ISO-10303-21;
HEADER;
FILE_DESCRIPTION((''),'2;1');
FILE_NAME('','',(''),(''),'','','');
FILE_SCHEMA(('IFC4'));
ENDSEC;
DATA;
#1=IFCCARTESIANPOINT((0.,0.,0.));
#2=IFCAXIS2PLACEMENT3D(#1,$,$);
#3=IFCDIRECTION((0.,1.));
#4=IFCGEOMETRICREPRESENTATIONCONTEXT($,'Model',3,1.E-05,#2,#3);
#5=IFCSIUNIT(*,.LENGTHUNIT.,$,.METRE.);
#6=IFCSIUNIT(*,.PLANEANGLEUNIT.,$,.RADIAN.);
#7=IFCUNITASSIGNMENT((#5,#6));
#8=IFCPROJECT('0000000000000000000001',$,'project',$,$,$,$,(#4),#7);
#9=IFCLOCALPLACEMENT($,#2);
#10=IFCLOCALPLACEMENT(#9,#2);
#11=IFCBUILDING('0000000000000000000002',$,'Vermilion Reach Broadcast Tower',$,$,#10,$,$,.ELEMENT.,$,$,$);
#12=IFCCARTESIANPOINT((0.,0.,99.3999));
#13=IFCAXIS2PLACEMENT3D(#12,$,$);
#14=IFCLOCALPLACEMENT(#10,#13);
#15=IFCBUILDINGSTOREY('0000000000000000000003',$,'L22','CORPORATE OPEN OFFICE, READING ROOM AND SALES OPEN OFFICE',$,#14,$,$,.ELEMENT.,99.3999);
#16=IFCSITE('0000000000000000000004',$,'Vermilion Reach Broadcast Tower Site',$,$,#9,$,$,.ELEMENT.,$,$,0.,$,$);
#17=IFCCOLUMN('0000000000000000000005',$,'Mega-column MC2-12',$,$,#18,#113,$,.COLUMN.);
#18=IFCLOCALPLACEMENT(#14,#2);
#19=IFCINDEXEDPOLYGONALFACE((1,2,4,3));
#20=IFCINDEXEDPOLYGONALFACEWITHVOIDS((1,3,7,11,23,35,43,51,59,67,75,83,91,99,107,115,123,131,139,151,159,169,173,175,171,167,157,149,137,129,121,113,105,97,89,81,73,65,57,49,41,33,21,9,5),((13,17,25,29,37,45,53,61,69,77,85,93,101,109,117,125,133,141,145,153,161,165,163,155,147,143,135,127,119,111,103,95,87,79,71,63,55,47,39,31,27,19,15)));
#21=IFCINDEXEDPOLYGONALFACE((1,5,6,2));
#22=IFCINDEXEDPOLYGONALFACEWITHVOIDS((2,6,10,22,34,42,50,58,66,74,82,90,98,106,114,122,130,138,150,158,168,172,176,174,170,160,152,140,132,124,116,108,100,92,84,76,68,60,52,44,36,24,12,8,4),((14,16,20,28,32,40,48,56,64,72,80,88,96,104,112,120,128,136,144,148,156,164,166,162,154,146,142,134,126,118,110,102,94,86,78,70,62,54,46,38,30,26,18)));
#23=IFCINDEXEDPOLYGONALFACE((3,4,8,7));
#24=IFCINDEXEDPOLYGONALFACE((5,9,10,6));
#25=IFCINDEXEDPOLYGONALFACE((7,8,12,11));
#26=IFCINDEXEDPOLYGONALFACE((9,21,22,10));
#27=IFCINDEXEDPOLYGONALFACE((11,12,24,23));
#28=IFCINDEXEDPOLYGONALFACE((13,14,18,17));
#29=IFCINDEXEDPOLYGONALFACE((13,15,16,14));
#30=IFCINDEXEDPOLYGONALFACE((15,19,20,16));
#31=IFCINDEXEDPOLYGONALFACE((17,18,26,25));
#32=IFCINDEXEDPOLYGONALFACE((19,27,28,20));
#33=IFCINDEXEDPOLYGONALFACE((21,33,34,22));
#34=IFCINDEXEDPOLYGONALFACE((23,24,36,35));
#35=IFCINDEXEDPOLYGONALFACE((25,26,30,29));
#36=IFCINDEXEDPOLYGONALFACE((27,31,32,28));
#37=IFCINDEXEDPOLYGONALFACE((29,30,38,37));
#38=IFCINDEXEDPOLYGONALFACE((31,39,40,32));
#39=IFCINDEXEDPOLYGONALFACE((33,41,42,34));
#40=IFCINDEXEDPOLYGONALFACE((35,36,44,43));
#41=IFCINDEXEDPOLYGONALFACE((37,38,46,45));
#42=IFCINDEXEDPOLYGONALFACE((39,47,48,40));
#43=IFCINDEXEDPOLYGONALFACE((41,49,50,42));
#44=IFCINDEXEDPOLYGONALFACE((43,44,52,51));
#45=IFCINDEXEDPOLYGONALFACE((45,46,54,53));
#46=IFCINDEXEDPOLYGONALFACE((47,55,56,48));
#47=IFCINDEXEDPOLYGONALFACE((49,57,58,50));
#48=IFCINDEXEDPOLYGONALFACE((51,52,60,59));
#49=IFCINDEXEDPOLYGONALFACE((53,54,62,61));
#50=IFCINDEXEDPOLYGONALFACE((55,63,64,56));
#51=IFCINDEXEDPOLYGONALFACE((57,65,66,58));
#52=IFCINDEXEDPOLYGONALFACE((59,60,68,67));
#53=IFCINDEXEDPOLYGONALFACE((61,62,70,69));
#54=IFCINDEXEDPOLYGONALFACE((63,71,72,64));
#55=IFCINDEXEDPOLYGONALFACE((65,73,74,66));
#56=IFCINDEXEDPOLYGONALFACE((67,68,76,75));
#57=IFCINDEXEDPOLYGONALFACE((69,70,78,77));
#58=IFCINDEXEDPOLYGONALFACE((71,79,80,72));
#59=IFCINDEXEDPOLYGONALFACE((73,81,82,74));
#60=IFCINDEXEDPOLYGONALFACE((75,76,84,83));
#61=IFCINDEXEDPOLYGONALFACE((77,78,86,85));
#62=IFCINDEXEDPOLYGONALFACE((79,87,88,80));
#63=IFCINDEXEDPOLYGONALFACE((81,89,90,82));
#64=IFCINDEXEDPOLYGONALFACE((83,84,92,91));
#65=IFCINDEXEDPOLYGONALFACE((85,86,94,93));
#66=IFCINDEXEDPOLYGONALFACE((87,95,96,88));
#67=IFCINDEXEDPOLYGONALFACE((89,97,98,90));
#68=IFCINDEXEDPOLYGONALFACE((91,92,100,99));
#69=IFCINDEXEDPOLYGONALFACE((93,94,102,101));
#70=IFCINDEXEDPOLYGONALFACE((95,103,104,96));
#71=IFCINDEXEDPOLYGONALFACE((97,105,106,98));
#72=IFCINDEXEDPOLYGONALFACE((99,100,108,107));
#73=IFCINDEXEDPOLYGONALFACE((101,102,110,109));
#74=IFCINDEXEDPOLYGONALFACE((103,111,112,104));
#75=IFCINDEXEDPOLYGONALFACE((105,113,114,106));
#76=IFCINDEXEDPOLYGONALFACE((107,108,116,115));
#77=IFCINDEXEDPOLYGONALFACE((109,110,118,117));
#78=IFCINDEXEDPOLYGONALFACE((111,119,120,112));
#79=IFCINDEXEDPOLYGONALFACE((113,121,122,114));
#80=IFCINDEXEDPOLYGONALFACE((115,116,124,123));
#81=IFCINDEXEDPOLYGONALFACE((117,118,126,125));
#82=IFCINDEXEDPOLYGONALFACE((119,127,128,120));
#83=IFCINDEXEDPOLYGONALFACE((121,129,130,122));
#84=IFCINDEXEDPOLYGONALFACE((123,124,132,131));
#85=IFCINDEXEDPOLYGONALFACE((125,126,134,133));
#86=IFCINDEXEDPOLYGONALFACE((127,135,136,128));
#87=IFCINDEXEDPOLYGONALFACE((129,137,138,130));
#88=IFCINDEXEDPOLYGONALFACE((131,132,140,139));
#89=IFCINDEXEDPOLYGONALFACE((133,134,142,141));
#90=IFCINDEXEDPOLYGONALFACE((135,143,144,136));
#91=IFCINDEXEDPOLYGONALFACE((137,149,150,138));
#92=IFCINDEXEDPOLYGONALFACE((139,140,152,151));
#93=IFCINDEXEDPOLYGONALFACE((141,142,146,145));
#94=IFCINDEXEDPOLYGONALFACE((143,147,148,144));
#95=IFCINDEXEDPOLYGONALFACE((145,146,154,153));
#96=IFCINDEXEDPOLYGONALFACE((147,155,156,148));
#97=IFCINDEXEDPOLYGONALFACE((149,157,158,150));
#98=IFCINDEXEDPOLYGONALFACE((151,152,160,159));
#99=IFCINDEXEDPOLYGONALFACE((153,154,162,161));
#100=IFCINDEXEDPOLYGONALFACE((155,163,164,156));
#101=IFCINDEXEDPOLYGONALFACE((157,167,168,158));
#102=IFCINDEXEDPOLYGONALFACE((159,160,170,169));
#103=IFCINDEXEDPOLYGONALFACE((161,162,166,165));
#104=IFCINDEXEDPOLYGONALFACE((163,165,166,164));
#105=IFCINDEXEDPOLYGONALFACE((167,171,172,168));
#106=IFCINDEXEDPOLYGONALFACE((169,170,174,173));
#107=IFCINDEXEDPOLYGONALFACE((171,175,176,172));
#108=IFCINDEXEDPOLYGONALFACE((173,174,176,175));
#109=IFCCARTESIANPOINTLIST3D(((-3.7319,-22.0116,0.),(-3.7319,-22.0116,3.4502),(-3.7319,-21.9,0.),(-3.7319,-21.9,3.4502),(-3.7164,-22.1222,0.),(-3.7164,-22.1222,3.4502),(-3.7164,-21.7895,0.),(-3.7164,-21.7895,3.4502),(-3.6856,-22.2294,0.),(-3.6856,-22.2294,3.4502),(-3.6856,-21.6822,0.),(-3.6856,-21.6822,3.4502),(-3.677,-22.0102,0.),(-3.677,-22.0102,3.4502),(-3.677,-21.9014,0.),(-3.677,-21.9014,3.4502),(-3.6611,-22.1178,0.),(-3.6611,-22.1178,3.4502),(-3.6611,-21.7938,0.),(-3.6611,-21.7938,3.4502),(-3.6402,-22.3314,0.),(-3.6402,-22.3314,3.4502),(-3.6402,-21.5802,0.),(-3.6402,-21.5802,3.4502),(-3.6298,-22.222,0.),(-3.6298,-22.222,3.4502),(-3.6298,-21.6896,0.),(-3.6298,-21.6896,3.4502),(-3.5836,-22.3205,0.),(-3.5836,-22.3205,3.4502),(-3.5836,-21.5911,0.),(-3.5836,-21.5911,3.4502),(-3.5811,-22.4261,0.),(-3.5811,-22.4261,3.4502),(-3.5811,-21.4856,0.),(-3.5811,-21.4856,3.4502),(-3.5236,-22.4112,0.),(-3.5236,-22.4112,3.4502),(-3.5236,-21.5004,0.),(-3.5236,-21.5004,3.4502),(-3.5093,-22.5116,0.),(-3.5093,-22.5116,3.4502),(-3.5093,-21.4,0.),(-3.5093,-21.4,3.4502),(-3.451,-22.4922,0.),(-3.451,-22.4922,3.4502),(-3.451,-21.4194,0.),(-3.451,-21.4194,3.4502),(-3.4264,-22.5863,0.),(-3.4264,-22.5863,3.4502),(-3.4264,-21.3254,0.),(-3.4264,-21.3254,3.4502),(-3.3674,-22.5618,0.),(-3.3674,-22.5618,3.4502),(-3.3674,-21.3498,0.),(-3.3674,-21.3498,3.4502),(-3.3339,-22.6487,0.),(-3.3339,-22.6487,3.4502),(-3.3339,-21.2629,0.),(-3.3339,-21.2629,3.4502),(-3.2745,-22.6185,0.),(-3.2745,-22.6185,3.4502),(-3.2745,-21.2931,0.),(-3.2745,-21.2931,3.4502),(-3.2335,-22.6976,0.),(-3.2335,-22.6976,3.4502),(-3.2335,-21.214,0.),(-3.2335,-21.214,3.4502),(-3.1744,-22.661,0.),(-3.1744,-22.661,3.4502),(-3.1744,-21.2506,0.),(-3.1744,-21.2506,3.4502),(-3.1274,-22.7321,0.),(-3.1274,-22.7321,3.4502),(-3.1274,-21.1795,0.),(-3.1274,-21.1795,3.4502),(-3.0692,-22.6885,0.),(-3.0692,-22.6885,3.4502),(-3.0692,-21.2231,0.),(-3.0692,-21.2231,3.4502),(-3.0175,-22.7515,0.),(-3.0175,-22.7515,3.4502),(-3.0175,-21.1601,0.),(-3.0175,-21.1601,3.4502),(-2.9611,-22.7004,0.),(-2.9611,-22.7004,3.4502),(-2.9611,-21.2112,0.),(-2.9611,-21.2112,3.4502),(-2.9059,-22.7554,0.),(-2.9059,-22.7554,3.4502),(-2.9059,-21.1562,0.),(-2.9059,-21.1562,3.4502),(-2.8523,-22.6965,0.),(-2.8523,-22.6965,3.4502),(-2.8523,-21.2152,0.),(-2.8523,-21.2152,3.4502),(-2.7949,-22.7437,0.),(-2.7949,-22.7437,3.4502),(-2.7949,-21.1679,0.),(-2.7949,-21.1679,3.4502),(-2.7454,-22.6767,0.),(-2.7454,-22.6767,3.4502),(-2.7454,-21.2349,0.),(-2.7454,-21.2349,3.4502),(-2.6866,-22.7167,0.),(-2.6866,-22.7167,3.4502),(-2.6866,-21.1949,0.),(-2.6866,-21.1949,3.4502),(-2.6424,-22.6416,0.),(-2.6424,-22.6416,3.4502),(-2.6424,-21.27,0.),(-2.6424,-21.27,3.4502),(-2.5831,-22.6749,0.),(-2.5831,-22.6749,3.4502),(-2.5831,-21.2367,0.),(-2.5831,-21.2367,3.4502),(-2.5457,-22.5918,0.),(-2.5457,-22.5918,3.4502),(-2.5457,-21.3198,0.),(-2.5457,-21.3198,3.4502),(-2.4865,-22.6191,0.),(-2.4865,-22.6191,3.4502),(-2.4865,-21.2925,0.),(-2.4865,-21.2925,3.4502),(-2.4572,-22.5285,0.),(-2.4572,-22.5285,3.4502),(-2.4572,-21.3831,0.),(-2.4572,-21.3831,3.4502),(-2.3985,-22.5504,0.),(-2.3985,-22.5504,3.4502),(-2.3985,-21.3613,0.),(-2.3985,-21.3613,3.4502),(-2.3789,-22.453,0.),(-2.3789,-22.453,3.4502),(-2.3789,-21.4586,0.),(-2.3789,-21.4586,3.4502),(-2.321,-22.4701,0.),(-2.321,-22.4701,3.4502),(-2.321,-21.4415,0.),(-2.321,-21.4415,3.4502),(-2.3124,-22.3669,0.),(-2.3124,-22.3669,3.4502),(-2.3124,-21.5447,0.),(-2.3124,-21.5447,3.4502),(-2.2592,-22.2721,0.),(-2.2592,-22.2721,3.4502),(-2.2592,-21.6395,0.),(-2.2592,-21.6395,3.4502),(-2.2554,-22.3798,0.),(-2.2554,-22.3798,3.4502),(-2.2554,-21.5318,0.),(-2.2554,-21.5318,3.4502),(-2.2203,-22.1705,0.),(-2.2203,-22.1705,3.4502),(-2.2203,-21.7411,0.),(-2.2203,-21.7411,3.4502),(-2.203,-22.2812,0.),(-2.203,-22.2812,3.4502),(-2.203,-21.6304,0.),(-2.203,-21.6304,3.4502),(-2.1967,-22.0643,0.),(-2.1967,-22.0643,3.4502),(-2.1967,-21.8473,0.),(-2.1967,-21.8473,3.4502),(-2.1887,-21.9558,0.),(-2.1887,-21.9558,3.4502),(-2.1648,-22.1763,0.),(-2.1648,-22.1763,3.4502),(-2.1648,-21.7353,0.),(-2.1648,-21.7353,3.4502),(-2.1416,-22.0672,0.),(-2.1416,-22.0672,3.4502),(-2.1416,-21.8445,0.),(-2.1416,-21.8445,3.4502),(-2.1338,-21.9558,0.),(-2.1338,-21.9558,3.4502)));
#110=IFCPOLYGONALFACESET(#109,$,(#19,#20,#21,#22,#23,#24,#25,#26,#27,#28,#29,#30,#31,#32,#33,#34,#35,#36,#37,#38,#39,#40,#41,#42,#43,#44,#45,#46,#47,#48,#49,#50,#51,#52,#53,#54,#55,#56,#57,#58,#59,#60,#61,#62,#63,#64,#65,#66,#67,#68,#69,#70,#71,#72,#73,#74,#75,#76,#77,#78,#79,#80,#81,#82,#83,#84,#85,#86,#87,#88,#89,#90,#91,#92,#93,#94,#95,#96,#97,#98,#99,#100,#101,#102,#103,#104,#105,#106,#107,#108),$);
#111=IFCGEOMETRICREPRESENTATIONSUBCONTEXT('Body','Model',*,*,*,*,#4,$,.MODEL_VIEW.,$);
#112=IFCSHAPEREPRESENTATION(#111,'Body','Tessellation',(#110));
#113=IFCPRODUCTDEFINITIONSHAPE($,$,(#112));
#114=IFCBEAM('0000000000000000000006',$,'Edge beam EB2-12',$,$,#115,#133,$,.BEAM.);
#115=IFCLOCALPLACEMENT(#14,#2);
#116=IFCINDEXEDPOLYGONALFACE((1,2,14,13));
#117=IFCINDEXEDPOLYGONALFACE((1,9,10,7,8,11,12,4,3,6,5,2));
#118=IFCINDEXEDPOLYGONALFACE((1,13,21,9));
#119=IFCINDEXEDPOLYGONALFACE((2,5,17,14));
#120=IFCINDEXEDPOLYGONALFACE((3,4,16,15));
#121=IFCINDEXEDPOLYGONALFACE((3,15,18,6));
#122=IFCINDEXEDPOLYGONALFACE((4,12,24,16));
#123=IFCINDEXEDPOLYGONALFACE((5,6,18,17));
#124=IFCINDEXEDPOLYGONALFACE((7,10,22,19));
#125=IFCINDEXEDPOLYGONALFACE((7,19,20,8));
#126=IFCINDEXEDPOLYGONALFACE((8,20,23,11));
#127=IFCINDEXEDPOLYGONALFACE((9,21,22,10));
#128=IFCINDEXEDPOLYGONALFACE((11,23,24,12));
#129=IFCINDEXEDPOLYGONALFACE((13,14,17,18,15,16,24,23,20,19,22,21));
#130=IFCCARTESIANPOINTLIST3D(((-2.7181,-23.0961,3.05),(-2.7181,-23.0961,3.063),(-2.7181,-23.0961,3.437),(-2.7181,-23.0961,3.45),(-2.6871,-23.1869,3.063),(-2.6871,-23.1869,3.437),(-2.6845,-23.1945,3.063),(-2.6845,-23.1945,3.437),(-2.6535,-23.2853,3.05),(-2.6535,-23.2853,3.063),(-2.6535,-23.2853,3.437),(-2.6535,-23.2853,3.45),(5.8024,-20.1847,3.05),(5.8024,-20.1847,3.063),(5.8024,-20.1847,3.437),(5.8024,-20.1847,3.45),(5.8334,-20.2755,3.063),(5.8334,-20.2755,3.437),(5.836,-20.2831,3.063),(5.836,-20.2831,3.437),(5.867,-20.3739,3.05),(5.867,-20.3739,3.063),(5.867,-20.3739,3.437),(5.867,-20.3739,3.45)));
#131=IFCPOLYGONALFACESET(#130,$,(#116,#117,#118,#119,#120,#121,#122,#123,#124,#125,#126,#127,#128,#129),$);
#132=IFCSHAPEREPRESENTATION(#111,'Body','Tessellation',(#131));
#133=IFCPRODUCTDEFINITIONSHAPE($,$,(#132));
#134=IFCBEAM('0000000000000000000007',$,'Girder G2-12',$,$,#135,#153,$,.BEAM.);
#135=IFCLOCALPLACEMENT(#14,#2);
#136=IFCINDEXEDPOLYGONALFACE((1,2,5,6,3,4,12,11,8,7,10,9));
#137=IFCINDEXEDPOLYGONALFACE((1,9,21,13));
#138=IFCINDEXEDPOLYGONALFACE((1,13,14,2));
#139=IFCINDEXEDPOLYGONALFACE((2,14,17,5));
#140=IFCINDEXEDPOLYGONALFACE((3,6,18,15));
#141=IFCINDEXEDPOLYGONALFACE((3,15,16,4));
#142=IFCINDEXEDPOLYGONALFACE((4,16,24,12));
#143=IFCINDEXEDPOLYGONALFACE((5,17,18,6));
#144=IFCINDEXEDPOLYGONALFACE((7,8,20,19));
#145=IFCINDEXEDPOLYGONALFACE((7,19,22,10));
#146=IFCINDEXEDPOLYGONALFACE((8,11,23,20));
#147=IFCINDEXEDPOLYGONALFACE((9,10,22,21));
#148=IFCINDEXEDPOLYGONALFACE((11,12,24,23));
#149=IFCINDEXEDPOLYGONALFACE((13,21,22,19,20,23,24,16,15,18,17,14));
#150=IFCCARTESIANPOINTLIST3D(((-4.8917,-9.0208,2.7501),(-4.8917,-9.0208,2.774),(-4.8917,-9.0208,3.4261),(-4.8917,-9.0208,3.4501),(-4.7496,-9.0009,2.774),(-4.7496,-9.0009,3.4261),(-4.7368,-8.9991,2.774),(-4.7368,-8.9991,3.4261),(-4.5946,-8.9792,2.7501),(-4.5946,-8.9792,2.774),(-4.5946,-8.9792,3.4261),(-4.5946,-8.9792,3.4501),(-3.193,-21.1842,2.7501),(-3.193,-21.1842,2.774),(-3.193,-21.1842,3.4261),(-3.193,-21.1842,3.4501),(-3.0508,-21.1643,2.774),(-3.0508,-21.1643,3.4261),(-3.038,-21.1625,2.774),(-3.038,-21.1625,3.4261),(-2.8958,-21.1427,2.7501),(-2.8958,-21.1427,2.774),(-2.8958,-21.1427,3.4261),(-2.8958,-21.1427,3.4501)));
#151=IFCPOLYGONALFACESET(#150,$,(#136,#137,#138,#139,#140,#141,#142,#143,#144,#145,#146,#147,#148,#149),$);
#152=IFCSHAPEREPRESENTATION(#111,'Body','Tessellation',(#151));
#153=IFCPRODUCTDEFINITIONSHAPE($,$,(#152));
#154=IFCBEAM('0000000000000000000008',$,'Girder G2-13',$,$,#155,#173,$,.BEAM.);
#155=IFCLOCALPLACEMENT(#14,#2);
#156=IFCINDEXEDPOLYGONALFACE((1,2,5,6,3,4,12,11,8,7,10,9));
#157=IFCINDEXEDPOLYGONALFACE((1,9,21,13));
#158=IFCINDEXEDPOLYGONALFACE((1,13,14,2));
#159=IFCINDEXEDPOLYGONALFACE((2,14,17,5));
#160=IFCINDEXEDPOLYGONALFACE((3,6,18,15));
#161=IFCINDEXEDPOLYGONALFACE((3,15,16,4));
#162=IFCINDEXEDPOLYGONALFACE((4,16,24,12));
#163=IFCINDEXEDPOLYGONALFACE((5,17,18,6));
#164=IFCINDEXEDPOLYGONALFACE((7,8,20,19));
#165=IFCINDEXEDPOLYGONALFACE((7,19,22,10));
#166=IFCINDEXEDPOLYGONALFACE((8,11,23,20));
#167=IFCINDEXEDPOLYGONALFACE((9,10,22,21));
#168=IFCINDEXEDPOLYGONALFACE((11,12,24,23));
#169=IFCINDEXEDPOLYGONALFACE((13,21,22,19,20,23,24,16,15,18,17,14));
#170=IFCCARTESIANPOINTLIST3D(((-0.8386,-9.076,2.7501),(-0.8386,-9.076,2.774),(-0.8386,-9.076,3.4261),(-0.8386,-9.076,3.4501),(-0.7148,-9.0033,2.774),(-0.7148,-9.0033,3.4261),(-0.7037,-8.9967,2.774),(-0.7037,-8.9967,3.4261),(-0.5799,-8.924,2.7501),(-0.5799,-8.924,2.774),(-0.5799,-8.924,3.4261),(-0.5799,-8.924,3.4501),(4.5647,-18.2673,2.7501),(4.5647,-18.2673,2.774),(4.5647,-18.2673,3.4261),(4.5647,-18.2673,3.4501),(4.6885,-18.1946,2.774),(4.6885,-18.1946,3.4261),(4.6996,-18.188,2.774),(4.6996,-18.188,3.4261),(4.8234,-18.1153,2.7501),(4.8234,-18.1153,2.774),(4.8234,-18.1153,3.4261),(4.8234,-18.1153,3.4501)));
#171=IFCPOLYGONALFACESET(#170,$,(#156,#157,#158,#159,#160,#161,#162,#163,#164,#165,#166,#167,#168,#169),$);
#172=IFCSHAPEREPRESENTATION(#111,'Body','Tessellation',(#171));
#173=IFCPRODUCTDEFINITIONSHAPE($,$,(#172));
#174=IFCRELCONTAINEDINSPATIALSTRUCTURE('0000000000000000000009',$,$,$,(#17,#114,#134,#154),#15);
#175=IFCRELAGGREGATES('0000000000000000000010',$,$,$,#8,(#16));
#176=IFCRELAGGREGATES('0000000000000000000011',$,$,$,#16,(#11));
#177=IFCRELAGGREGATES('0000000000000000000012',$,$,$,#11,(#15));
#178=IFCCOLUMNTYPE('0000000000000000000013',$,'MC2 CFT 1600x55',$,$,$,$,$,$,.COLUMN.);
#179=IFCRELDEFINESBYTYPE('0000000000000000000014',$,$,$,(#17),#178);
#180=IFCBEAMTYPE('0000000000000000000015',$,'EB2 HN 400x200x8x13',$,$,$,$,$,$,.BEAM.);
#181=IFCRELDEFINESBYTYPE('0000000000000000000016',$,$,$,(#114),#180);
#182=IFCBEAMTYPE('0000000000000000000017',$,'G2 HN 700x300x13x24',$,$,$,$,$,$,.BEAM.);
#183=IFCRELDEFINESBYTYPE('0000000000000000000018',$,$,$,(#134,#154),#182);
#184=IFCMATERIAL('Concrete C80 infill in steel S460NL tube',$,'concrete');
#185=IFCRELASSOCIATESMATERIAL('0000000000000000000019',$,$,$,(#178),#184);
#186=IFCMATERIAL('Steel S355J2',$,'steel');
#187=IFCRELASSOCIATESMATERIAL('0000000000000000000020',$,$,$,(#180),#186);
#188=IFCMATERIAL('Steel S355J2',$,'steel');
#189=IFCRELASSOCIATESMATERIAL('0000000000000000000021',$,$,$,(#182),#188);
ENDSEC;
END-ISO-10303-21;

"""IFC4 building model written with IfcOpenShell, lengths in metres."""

from ifc_helpers import new_model, si_unit, direction, frame, origin, origin_2d, place, context, subcontext, project, spatial, hollow_circle, i_section, extrude, material, material_profile, profile_set, type_object, element, save


model = new_model("IFC4")

# Units and contexts
model_context = context("Model", 3, precision=1e-05, world=origin(), true_north=direction((0.0, 1.0)))
body_context = subcontext(model_context, "Body", "Model", "MODEL_VIEW")
ifc_project = project(units=[si_unit("LENGTHUNIT", "METRE"), si_unit("PLANEANGLEUNIT", "RADIAN")], contexts=[model_context])

# Site, building, storey
site_placement = place(None, origin())
site = spatial("IfcSite", under=ifc_project, at=site_placement, Name="Vermilion Reach Broadcast Tower Site", CompositionType="ELEMENT", RefElevation=0.0)
building_placement = place(site_placement, origin())
building = spatial("IfcBuilding", under=site, at=building_placement, Name="Vermilion Reach Broadcast Tower", CompositionType="ELEMENT")
storey_placement = place(building_placement, frame((0.0, 0.0, 99.3999)))
storey = spatial("IfcBuildingStorey", under=building, at=storey_placement, Name="L22", Description="CORPORATE OPEN OFFICE, READING ROOM AND SALES OPEN OFFICE", CompositionType="ELEMENT", Elevation=99.3999)

# Column
ifc_material_1 = material(Name="Concrete C80 infill in steel S460NL tube", Category="concrete")
ifc_material_profile_1 = material_profile(ifc_material_1, hollow_circle(Radius=0.8, WallThickness=0.0549, at=origin_2d()), Name="Concrete C80 infill in steel S460NL tube CFT 1600x55")
ifc_profile_set_1 = profile_set([ifc_material_profile_1], Name="Concrete C80 infill in steel S460NL tube")
column_type = type_object("IfcColumnType", Name="MC2 CFT 1600x55", PredefinedType="COLUMN", material=ifc_profile_set_1)
column_placement = place(storey_placement, frame((-2.9338, -21.9558, 0.0), z_axis=(0.0, 0.0, 1.0), x_axis=(1.0, 0.0, 0.0)))
element("IfcColumn", 1, at=column_placement, inside=storey, type_object=column_type, Name="Mega-column MC2-12", PredefinedType="COLUMN", context=body_context, shape_type="SweptSolid", body=[
    extrude(hollow_circle(Radius=0.8, WallThickness=0.0549, at=origin_2d()), origin(), (0.0, 0.0, 1.0), 3.4502),
])

# Beams
ifc_material_2 = material(Name="Steel S355J2", Category="steel")
ifc_material_profile_2 = material_profile(ifc_material_2, i_section(OverallWidth=0.2, OverallDepth=0.3999, WebThickness=0.0081, FlangeThickness=0.0129, at=origin_2d()), Name="S355J2 HN 400x200x8x13")
ifc_profile_set_2 = profile_set([ifc_material_profile_2], Name="Steel S355J2")
beam_type_1 = type_object("IfcBeamType", Name="EB2 HN 400x200x8x13", PredefinedType="BEAM", material=ifc_profile_set_2)
beam_1_placement = place(storey_placement, frame((-2.6858, -23.1907, 3.25), z_axis=(0.946284, 0.323336, 0.0), x_axis=(-0.323336, 0.946284, 0.0)))
element("IfcBeam", 2, at=beam_1_placement, inside=storey, type_object=beam_type_1, Name="Edge beam EB2-12", PredefinedType="BEAM", context=body_context, shape_type="SweptSolid", body=[
    extrude(i_section(OverallWidth=0.2, OverallDepth=0.3999, WebThickness=0.0081, FlangeThickness=0.0129, at=origin_2d()), origin(), (0.0, 0.0, 1.0), 9.0042),
])
ifc_material_3 = material(Name="Steel S355J2", Category="steel")
ifc_material_profile_3 = material_profile(ifc_material_3, i_section(OverallWidth=0.3, OverallDepth=0.7, WebThickness=0.0129, FlangeThickness=0.0239, at=origin_2d()), Name="S355J2 HN 700x300x13x24")
ifc_profile_set_3 = profile_set([ifc_material_profile_3], Name="Steel S355J2")
beam_type_2 = type_object("IfcBeamType", Name="G2 HN 700x300x13x24", PredefinedType="BEAM", material=ifc_profile_set_3)
beam_2_placement = place(storey_placement, frame((-4.7432, -9.0, 3.1001), z_axis=(0.138318, -0.990388, 0.0), x_axis=(0.990388, 0.138318, 0.0)))
element("IfcBeam", 3, at=beam_2_placement, inside=storey, type_object=beam_type_2, Name="Girder G2-12", PredefinedType="BEAM", context=body_context, shape_type="SweptSolid", body=[
    extrude(i_section(OverallWidth=0.3, OverallDepth=0.7, WebThickness=0.0129, FlangeThickness=0.0239, at=origin_2d()), origin(), (0.0, 0.0, 1.0), 12.2815),
])
beam_3_placement = place(storey_placement, frame((-0.7092, -9.0, 3.1001), z_axis=(0.506784, -0.862073, 0.0), x_axis=(0.862073, 0.506784, 0.0)))
element("IfcBeam", 4, at=beam_3_placement, inside=storey, type_object=beam_type_2, Name="Girder G2-13", PredefinedType="BEAM", context=body_context, shape_type="SweptSolid", body=[
    extrude(i_section(OverallWidth=0.3, OverallDepth=0.7, WebThickness=0.0129, FlangeThickness=0.0239, at=origin_2d()), origin(), (0.0, 0.0, 1.0), 10.6619),
])

save(model, "model.ifc")
